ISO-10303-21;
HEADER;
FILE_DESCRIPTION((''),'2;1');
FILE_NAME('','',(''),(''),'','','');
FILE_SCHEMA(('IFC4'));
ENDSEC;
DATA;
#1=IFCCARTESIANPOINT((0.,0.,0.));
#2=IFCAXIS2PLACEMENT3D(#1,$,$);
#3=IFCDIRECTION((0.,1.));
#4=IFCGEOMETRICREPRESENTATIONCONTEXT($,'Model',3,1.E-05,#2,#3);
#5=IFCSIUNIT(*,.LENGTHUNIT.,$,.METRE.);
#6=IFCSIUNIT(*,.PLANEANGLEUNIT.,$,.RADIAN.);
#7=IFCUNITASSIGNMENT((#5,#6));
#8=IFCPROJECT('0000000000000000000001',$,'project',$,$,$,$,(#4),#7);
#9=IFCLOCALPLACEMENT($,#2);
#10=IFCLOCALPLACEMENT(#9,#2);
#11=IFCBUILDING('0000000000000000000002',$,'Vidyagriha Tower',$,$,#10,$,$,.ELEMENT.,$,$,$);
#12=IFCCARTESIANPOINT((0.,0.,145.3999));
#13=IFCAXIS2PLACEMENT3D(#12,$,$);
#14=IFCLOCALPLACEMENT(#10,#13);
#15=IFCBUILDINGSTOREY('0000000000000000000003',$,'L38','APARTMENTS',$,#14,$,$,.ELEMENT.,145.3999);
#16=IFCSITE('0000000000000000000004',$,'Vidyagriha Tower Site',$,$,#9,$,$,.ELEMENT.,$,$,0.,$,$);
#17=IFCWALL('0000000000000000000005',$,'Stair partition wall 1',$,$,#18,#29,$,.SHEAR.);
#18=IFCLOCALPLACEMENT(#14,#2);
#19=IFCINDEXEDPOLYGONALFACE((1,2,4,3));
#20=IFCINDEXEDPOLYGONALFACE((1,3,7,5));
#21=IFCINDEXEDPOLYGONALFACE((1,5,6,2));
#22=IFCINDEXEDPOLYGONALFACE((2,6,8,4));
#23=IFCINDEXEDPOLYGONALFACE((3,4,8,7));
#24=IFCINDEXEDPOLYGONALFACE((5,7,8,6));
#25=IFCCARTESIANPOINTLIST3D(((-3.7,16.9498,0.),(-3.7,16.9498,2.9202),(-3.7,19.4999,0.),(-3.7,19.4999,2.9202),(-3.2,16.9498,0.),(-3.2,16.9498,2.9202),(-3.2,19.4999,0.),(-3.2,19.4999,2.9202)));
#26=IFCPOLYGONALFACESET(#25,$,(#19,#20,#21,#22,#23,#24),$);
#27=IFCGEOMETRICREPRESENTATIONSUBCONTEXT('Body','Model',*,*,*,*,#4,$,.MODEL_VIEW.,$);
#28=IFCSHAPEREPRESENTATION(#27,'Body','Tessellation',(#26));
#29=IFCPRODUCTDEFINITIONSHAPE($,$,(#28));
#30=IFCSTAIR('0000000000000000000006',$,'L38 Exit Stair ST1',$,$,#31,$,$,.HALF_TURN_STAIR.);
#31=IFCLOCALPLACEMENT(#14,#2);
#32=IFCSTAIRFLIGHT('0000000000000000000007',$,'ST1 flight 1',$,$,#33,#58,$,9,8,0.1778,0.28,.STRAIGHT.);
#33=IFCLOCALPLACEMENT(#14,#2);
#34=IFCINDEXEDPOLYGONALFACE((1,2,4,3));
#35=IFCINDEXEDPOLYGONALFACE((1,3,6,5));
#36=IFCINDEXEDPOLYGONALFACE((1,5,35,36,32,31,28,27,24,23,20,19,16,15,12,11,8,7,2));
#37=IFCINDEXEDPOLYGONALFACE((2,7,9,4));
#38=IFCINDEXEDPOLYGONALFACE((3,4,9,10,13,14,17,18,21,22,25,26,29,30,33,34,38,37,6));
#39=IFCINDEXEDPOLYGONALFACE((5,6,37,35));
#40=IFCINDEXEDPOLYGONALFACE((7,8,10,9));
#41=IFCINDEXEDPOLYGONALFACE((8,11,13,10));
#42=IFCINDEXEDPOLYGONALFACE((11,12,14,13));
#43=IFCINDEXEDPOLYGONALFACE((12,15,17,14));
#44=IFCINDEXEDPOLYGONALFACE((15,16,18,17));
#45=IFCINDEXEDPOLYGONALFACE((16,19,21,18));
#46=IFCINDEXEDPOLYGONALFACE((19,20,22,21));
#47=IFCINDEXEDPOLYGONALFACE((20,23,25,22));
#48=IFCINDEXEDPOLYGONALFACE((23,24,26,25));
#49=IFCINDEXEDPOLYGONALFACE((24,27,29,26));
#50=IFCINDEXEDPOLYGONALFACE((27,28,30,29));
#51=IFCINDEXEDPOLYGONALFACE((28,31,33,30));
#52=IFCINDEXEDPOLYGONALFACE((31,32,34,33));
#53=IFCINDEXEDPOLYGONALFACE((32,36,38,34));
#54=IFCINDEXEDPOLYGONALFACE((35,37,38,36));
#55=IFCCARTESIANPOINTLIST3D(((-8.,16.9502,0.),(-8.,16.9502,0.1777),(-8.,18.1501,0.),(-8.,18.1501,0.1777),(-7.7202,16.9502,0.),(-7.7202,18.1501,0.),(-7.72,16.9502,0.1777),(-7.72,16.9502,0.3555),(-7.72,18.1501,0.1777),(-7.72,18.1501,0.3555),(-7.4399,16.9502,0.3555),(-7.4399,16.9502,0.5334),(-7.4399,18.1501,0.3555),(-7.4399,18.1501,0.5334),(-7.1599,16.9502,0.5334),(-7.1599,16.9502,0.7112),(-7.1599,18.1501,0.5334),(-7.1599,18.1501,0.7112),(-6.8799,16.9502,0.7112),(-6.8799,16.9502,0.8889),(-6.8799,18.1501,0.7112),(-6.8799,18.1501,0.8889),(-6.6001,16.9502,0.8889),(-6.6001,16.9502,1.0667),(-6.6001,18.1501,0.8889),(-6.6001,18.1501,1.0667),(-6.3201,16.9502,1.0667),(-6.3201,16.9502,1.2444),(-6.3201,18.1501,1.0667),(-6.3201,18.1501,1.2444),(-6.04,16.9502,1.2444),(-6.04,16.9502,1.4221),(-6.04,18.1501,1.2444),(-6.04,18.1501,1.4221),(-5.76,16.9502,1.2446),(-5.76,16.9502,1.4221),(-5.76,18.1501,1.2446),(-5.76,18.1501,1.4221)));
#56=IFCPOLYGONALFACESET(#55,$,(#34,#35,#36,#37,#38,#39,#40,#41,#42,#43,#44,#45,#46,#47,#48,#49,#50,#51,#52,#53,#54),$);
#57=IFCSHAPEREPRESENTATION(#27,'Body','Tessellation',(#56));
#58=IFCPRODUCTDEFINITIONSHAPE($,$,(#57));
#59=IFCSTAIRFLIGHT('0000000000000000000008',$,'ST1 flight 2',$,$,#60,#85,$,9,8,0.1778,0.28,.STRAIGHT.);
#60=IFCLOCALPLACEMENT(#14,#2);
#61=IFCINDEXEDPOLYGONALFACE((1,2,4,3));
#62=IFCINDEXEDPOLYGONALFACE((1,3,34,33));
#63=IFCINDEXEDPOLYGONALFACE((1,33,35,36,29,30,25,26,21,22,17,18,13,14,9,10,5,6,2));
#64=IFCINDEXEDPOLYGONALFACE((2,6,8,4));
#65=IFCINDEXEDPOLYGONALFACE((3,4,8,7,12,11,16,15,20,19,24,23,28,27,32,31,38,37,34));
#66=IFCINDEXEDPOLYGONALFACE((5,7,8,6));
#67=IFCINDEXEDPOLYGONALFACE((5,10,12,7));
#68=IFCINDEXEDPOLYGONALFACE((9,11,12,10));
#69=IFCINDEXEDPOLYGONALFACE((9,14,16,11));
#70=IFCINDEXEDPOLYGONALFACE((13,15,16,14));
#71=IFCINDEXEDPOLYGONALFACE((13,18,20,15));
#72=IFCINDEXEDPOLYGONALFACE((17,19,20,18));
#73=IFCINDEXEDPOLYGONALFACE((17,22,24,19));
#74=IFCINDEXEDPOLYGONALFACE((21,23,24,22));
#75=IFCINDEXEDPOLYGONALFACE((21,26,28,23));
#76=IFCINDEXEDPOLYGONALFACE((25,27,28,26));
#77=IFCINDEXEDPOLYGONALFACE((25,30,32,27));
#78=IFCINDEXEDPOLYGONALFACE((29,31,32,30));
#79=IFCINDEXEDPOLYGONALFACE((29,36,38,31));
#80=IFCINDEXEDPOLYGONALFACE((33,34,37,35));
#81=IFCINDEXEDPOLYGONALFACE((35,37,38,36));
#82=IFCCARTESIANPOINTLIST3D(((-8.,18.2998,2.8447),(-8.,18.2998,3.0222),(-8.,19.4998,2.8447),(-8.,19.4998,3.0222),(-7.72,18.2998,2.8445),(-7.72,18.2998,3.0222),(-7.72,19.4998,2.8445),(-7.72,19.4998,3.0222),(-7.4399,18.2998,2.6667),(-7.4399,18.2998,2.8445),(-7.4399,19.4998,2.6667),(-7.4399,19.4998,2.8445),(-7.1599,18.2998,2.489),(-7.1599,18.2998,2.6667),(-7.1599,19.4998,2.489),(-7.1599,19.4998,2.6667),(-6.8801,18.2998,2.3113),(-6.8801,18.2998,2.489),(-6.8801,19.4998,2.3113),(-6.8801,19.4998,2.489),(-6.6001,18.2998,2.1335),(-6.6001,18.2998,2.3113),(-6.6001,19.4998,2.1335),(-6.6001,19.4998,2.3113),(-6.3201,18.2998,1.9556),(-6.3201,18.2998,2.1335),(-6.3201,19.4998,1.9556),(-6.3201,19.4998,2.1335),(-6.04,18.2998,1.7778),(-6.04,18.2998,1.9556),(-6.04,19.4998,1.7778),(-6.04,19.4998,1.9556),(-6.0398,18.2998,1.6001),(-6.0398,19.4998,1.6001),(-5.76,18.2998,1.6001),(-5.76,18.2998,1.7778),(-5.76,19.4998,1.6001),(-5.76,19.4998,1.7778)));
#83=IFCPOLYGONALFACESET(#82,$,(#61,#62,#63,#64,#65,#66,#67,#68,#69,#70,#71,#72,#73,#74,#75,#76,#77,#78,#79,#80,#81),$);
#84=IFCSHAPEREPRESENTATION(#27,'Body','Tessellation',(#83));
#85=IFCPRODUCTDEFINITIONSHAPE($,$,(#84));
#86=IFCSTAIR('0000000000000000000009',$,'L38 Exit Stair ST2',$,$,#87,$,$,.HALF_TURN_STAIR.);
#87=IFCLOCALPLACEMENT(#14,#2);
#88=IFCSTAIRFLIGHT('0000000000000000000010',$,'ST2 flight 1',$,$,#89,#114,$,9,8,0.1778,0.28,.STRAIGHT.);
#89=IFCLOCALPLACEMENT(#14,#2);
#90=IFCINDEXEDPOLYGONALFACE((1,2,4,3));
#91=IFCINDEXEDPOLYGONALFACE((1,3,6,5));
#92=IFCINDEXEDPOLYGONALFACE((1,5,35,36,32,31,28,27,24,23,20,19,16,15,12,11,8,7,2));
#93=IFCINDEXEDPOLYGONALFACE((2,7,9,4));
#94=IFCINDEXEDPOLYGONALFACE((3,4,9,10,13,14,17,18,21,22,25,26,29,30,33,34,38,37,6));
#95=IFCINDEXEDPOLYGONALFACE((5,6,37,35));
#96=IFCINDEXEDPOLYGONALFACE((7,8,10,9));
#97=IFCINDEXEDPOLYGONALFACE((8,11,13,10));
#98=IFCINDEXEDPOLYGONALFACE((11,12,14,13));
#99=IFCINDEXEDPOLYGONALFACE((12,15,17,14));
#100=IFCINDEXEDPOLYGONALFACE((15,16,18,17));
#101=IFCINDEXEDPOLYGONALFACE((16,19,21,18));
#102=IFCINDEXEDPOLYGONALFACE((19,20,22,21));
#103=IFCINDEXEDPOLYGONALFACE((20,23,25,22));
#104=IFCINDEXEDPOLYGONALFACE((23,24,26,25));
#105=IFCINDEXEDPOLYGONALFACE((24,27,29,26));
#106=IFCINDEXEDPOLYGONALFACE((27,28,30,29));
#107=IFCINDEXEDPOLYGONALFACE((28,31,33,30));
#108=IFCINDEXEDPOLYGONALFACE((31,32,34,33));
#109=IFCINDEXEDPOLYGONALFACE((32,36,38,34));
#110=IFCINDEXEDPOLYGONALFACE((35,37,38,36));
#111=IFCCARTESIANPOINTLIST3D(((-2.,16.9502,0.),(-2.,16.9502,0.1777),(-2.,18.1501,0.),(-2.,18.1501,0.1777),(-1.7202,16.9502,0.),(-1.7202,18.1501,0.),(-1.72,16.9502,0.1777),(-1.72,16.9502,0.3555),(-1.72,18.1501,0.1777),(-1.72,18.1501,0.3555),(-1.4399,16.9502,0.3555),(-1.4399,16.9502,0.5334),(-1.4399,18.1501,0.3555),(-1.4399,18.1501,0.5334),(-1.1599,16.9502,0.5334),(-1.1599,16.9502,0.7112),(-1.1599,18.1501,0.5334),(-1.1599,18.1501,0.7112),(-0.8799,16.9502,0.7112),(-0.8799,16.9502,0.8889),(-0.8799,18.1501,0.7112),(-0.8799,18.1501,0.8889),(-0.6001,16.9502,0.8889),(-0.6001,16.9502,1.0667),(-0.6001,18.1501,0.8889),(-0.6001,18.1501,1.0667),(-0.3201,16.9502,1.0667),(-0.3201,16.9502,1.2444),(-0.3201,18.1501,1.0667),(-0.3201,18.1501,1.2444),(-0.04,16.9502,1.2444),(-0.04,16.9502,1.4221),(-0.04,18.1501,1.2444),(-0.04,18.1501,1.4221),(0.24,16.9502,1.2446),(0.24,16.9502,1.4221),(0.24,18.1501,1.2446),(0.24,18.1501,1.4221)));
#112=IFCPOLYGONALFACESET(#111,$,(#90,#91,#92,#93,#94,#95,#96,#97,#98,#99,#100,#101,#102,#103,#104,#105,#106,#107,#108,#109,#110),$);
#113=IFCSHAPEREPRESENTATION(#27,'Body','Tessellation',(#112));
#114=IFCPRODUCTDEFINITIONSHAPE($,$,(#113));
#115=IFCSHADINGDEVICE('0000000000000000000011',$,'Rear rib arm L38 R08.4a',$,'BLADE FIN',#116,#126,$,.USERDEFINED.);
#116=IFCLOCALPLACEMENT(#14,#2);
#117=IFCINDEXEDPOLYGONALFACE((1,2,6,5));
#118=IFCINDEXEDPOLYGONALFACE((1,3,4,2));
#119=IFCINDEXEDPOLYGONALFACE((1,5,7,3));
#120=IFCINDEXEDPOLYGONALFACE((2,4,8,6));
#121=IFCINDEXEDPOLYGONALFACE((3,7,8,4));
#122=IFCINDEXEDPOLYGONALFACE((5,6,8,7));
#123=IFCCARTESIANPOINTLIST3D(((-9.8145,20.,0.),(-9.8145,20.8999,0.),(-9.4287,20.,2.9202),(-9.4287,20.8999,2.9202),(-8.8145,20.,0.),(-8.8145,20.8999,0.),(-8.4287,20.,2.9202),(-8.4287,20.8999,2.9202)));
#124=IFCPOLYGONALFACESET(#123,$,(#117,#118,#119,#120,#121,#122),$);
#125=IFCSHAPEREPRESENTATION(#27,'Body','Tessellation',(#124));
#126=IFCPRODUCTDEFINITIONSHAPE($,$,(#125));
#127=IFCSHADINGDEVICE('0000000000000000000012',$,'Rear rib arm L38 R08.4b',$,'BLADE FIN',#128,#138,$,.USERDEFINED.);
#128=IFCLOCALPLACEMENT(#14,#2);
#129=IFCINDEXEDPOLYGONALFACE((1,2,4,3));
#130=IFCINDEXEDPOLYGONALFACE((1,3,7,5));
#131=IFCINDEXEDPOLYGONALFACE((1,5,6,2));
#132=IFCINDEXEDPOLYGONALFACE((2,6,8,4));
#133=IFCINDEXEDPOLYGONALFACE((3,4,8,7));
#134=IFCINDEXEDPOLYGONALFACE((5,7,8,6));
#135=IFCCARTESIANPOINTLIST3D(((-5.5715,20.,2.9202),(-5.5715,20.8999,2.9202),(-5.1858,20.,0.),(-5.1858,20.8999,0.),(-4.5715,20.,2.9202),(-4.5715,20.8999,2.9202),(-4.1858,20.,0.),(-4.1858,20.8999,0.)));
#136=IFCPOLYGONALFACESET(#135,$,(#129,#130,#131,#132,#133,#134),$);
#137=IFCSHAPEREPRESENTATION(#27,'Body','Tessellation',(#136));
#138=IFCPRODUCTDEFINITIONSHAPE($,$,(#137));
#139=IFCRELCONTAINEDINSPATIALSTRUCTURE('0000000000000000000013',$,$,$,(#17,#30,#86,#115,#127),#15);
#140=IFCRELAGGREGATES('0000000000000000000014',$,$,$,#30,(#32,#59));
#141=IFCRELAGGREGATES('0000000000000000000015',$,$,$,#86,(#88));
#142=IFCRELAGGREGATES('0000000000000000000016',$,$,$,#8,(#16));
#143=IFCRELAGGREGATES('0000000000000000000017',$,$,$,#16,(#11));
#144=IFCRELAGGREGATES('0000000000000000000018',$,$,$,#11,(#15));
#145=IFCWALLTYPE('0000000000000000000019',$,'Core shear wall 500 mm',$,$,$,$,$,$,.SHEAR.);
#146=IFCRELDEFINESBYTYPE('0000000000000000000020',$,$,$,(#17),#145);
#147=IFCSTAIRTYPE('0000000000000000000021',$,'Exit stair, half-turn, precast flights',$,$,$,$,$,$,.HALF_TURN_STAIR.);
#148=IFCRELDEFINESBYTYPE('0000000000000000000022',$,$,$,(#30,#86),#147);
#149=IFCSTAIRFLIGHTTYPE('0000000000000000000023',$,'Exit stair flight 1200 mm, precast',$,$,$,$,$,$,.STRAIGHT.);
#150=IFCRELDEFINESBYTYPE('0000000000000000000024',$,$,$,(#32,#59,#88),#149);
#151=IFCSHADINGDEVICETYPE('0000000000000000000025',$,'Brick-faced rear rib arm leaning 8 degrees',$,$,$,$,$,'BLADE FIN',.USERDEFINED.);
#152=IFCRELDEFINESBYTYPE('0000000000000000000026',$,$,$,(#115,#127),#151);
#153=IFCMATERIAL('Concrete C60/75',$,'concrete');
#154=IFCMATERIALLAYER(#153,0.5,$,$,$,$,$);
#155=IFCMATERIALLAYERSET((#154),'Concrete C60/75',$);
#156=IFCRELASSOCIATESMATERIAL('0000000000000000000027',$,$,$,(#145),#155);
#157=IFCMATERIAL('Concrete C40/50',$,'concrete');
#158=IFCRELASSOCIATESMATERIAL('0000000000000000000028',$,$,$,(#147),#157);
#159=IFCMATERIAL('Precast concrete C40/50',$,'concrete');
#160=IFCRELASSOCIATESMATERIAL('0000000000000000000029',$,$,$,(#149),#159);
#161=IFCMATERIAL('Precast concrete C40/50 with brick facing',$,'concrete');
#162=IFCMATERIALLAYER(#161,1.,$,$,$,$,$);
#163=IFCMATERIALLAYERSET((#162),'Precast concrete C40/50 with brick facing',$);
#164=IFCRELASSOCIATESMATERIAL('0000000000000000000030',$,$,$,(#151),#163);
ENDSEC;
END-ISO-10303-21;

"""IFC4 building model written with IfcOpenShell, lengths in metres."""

from ifc_helpers import new_model, si_unit, direction, frame, frame_2d, origin, place, context, subcontext, project, spatial, polyline, rectangle, outline, extrude, material, layer, layer_set, type_object, element, aggregate, save


model = new_model("IFC4")

# Units and contexts
model_context = context("Model", 3, precision=1e-05, world=origin(), true_north=direction((0.0, 1.0)))
body_context = subcontext(model_context, "Body", "Model", "MODEL_VIEW")
ifc_project = project(units=[si_unit("LENGTHUNIT", "METRE"), si_unit("PLANEANGLEUNIT", "RADIAN")], contexts=[model_context])

# Site, building, storey
site_placement = place(None, origin())
site = spatial("IfcSite", under=ifc_project, at=site_placement, Name="Vidyagriha Tower Site", CompositionType="ELEMENT", RefElevation=0.0)
building_placement = place(site_placement, origin())
building = spatial("IfcBuilding", under=site, at=building_placement, Name="Vidyagriha Tower", CompositionType="ELEMENT")
storey_placement = place(building_placement, frame((0.0, 0.0, 145.3999)))
storey = spatial("IfcBuildingStorey", under=building, at=storey_placement, Name="L38", Description="APARTMENTS", CompositionType="ELEMENT", Elevation=145.3999)

# Wall
ifc_material_1 = material(Name="Concrete C60/75", Category="concrete")
ifc_layer_1 = layer(ifc_material_1, 0.5)
ifc_layer_set_1 = layer_set([ifc_layer_1], Name="Concrete C60/75")
wall_type_1 = type_object("IfcWallType", Name="Core shear wall 500 mm", PredefinedType="SHEAR", material=ifc_layer_set_1)
wall_1_placement = place(storey_placement, frame((-3.45, 16.95, 0.0), z_axis=(0.0, 0.0, 1.0), x_axis=(0.0, 1.0, 0.0)))
element("IfcWall", 1, at=wall_1_placement, inside=storey, type_object=wall_type_1, Name="Stair partition wall 1", PredefinedType="SHEAR", context=body_context, shape_type="SweptSolid", body=[
    extrude(rectangle(XDim=2.55, YDim=0.5, at=frame_2d((1.2749, 0.0))), origin(), (0.0, 0.0, 1.0), 2.9202),
])

# Stair, stair flights
ifc_material_2 = material(Name="Concrete C40/50", Category="concrete")
stair_type = type_object("IfcStairType", Name="Exit stair, half-turn, precast flights", PredefinedType="HALF_TURN_STAIR", material=ifc_material_2)
stair_1_placement = place(storey_placement, origin())
stair_1 = element("IfcStair", 2, at=stair_1_placement, inside=storey, type_object=stair_type, Name="L38 Exit Stair ST1", PredefinedType="HALF_TURN_STAIR")
ifc_material_3 = material(Name="Precast concrete C40/50", Category="concrete")
stair_flight_type = type_object("IfcStairFlightType", Name="Exit stair flight 1200 mm, precast", PredefinedType="STRAIGHT", material=ifc_material_3)
stair_flight_1_placement = place(storey_placement, frame((-8.0, 17.55, 0.0)))
stair_flight_1 = element("IfcStairFlight", 3, at=stair_flight_1_placement, type_object=stair_flight_type, Name="ST1 flight 1", NumberOfRisers=9, NumberOfTreads=8, PredefinedType="STRAIGHT", RiserHeight=0.1778, TreadLength=0.28, context=body_context, shape_type="SweptSolid", body=[
    extrude(outline(polyline([(0.0, 0.0), (0.0, 0.1777), (0.28, 0.1777), (0.28, 0.3555), (0.5601, 0.3555), (0.5601, 0.5334), (0.8401, 0.5334), (0.8401, 0.7112), (1.1201, 0.7112), (1.1201, 0.8889), (1.3999, 0.8889), (1.3999, 1.0667), (1.6799, 1.0667), (1.6799, 1.2444), (1.96, 1.2444), (1.96, 1.4221), (2.24, 1.4221), (2.24, 1.6001), (2.24, 1.2446), (0.2798, 0.0), (0.0, 0.0)])), frame((0.0, 0.6001, 0.0), z_axis=(0.0, -1.0, 0.0), x_axis=(1.0, 0.0, 0.0)), (0.0, 0.0, 1.0), 1.2),
])
stair_flight_2_placement = place(storey_placement, frame((-5.76, 18.8999, 1.6001), z_axis=(0.0, 0.0, 1.0), x_axis=(-1.0, 0.0, 0.0)))
stair_flight_2 = element("IfcStairFlight", 4, at=stair_flight_2_placement, type_object=stair_flight_type, Name="ST1 flight 2", NumberOfRisers=9, NumberOfTreads=8, PredefinedType="STRAIGHT", RiserHeight=0.1778, TreadLength=0.28, context=body_context, shape_type="SweptSolid", body=[
    extrude(outline(polyline([(0.0, 0.0), (0.0, 0.1777), (0.28, 0.1777), (0.28, 0.3555), (0.5601, 0.3555), (0.5601, 0.5334), (0.8401, 0.5334), (0.8401, 0.7112), (1.1201, 0.7112), (1.1201, 0.8889), (1.3999, 0.8889), (1.3999, 1.0667), (1.6799, 1.0667), (1.6799, 1.2444), (1.96, 1.2444), (1.96, 1.4221), (2.24, 1.4221), (2.24, 1.6001), (2.24, 1.2446), (0.2798, 0.0), (0.0, 0.0)])), frame((0.0, 0.6001, 0.0), z_axis=(0.0, -1.0, 0.0), x_axis=(1.0, 0.0, 0.0)), (0.0, 0.0, 1.0), 1.2),
])
aggregate(stair_1, [stair_flight_1, stair_flight_2])

# Stair, stair flight
stair_2_placement = place(storey_placement, origin())
stair_2 = element("IfcStair", 5, at=stair_2_placement, inside=storey, type_object=stair_type, Name="L38 Exit Stair ST2", PredefinedType="HALF_TURN_STAIR")
stair_flight_3_placement = place(storey_placement, frame((-2.0, 17.55, 0.0)))
stair_flight_3 = element("IfcStairFlight", 6, at=stair_flight_3_placement, type_object=stair_flight_type, Name="ST2 flight 1", NumberOfRisers=9, NumberOfTreads=8, PredefinedType="STRAIGHT", RiserHeight=0.1778, TreadLength=0.28, context=body_context, shape_type="SweptSolid", body=[
    extrude(outline(polyline([(0.0, 0.0), (0.0, 0.1777), (0.28, 0.1777), (0.28, 0.3555), (0.5601, 0.3555), (0.5601, 0.5334), (0.8401, 0.5334), (0.8401, 0.7112), (1.1201, 0.7112), (1.1201, 0.8889), (1.3999, 0.8889), (1.3999, 1.0667), (1.6799, 1.0667), (1.6799, 1.2444), (1.96, 1.2444), (1.96, 1.4221), (2.24, 1.4221), (2.24, 1.6001), (2.24, 1.2446), (0.2798, 0.0), (0.0, 0.0)])), frame((0.0, 0.6001, 0.0), z_axis=(0.0, -1.0, 0.0), x_axis=(1.0, 0.0, 0.0)), (0.0, 0.0, 1.0), 1.2),
])
aggregate(stair_2, [stair_flight_3])

# Shading devices
ifc_material_4 = material(Name="Precast concrete C40/50 with brick facing", Category="concrete")
ifc_layer_2 = layer(ifc_material_4, 1.0)
ifc_layer_set_2 = layer_set([ifc_layer_2], Name="Precast concrete C40/50 with brick facing")
shading_device_type = type_object("IfcShadingDeviceType", Name="Brick-faced rear rib arm leaning 8 degrees", ElementType="BLADE FIN", PredefinedType="USERDEFINED", material=ifc_layer_set_2)
shading_device_1_placement = place(storey_placement, frame((-8.4287, 20.45, 0.0), z_axis=(0.0, 0.0, 1.0), x_axis=(-1.0, 0.0, 0.0)))
element("IfcShadingDevice", 7, at=shading_device_1_placement, inside=storey, type_object=shading_device_type, Name="Rear rib arm L38 R08.4a", ObjectType="BLADE FIN", PredefinedType="USERDEFINED", context=body_context, shape_type="SweptSolid", body=[
    extrude(outline(polyline([(0.3857, 0.0), (1.3857, 0.0), (1.0, 2.9202), (0.0, 2.9202), (0.3857, 0.0)])), frame((0.0, 0.45, 0.0), z_axis=(0.0, -1.0, 0.0), x_axis=(1.0, 0.0, 0.0)), (0.0, 0.0, 1.0), 0.8999),
])
shading_device_2_placement = place(storey_placement, frame((-4.1858, 20.45, 0.0), z_axis=(0.0, 0.0, 1.0), x_axis=(-1.0, 0.0, 0.0)))
element("IfcShadingDevice", 8, at=shading_device_2_placement, inside=storey, type_object=shading_device_type, Name="Rear rib arm L38 R08.4b", ObjectType="BLADE FIN", PredefinedType="USERDEFINED", context=body_context, shape_type="SweptSolid", body=[
    extrude(outline(polyline([(0.0, 0.0), (1.0, 0.0), (1.3857, 2.9202), (0.3857, 2.9202), (0.0, 0.0)])), frame((0.0, 0.45, 0.0), z_axis=(0.0, -1.0, 0.0), x_axis=(1.0, 0.0, 0.0)), (0.0, 0.0, 1.0), 0.8999),
])

save(model, "model.ifc")
